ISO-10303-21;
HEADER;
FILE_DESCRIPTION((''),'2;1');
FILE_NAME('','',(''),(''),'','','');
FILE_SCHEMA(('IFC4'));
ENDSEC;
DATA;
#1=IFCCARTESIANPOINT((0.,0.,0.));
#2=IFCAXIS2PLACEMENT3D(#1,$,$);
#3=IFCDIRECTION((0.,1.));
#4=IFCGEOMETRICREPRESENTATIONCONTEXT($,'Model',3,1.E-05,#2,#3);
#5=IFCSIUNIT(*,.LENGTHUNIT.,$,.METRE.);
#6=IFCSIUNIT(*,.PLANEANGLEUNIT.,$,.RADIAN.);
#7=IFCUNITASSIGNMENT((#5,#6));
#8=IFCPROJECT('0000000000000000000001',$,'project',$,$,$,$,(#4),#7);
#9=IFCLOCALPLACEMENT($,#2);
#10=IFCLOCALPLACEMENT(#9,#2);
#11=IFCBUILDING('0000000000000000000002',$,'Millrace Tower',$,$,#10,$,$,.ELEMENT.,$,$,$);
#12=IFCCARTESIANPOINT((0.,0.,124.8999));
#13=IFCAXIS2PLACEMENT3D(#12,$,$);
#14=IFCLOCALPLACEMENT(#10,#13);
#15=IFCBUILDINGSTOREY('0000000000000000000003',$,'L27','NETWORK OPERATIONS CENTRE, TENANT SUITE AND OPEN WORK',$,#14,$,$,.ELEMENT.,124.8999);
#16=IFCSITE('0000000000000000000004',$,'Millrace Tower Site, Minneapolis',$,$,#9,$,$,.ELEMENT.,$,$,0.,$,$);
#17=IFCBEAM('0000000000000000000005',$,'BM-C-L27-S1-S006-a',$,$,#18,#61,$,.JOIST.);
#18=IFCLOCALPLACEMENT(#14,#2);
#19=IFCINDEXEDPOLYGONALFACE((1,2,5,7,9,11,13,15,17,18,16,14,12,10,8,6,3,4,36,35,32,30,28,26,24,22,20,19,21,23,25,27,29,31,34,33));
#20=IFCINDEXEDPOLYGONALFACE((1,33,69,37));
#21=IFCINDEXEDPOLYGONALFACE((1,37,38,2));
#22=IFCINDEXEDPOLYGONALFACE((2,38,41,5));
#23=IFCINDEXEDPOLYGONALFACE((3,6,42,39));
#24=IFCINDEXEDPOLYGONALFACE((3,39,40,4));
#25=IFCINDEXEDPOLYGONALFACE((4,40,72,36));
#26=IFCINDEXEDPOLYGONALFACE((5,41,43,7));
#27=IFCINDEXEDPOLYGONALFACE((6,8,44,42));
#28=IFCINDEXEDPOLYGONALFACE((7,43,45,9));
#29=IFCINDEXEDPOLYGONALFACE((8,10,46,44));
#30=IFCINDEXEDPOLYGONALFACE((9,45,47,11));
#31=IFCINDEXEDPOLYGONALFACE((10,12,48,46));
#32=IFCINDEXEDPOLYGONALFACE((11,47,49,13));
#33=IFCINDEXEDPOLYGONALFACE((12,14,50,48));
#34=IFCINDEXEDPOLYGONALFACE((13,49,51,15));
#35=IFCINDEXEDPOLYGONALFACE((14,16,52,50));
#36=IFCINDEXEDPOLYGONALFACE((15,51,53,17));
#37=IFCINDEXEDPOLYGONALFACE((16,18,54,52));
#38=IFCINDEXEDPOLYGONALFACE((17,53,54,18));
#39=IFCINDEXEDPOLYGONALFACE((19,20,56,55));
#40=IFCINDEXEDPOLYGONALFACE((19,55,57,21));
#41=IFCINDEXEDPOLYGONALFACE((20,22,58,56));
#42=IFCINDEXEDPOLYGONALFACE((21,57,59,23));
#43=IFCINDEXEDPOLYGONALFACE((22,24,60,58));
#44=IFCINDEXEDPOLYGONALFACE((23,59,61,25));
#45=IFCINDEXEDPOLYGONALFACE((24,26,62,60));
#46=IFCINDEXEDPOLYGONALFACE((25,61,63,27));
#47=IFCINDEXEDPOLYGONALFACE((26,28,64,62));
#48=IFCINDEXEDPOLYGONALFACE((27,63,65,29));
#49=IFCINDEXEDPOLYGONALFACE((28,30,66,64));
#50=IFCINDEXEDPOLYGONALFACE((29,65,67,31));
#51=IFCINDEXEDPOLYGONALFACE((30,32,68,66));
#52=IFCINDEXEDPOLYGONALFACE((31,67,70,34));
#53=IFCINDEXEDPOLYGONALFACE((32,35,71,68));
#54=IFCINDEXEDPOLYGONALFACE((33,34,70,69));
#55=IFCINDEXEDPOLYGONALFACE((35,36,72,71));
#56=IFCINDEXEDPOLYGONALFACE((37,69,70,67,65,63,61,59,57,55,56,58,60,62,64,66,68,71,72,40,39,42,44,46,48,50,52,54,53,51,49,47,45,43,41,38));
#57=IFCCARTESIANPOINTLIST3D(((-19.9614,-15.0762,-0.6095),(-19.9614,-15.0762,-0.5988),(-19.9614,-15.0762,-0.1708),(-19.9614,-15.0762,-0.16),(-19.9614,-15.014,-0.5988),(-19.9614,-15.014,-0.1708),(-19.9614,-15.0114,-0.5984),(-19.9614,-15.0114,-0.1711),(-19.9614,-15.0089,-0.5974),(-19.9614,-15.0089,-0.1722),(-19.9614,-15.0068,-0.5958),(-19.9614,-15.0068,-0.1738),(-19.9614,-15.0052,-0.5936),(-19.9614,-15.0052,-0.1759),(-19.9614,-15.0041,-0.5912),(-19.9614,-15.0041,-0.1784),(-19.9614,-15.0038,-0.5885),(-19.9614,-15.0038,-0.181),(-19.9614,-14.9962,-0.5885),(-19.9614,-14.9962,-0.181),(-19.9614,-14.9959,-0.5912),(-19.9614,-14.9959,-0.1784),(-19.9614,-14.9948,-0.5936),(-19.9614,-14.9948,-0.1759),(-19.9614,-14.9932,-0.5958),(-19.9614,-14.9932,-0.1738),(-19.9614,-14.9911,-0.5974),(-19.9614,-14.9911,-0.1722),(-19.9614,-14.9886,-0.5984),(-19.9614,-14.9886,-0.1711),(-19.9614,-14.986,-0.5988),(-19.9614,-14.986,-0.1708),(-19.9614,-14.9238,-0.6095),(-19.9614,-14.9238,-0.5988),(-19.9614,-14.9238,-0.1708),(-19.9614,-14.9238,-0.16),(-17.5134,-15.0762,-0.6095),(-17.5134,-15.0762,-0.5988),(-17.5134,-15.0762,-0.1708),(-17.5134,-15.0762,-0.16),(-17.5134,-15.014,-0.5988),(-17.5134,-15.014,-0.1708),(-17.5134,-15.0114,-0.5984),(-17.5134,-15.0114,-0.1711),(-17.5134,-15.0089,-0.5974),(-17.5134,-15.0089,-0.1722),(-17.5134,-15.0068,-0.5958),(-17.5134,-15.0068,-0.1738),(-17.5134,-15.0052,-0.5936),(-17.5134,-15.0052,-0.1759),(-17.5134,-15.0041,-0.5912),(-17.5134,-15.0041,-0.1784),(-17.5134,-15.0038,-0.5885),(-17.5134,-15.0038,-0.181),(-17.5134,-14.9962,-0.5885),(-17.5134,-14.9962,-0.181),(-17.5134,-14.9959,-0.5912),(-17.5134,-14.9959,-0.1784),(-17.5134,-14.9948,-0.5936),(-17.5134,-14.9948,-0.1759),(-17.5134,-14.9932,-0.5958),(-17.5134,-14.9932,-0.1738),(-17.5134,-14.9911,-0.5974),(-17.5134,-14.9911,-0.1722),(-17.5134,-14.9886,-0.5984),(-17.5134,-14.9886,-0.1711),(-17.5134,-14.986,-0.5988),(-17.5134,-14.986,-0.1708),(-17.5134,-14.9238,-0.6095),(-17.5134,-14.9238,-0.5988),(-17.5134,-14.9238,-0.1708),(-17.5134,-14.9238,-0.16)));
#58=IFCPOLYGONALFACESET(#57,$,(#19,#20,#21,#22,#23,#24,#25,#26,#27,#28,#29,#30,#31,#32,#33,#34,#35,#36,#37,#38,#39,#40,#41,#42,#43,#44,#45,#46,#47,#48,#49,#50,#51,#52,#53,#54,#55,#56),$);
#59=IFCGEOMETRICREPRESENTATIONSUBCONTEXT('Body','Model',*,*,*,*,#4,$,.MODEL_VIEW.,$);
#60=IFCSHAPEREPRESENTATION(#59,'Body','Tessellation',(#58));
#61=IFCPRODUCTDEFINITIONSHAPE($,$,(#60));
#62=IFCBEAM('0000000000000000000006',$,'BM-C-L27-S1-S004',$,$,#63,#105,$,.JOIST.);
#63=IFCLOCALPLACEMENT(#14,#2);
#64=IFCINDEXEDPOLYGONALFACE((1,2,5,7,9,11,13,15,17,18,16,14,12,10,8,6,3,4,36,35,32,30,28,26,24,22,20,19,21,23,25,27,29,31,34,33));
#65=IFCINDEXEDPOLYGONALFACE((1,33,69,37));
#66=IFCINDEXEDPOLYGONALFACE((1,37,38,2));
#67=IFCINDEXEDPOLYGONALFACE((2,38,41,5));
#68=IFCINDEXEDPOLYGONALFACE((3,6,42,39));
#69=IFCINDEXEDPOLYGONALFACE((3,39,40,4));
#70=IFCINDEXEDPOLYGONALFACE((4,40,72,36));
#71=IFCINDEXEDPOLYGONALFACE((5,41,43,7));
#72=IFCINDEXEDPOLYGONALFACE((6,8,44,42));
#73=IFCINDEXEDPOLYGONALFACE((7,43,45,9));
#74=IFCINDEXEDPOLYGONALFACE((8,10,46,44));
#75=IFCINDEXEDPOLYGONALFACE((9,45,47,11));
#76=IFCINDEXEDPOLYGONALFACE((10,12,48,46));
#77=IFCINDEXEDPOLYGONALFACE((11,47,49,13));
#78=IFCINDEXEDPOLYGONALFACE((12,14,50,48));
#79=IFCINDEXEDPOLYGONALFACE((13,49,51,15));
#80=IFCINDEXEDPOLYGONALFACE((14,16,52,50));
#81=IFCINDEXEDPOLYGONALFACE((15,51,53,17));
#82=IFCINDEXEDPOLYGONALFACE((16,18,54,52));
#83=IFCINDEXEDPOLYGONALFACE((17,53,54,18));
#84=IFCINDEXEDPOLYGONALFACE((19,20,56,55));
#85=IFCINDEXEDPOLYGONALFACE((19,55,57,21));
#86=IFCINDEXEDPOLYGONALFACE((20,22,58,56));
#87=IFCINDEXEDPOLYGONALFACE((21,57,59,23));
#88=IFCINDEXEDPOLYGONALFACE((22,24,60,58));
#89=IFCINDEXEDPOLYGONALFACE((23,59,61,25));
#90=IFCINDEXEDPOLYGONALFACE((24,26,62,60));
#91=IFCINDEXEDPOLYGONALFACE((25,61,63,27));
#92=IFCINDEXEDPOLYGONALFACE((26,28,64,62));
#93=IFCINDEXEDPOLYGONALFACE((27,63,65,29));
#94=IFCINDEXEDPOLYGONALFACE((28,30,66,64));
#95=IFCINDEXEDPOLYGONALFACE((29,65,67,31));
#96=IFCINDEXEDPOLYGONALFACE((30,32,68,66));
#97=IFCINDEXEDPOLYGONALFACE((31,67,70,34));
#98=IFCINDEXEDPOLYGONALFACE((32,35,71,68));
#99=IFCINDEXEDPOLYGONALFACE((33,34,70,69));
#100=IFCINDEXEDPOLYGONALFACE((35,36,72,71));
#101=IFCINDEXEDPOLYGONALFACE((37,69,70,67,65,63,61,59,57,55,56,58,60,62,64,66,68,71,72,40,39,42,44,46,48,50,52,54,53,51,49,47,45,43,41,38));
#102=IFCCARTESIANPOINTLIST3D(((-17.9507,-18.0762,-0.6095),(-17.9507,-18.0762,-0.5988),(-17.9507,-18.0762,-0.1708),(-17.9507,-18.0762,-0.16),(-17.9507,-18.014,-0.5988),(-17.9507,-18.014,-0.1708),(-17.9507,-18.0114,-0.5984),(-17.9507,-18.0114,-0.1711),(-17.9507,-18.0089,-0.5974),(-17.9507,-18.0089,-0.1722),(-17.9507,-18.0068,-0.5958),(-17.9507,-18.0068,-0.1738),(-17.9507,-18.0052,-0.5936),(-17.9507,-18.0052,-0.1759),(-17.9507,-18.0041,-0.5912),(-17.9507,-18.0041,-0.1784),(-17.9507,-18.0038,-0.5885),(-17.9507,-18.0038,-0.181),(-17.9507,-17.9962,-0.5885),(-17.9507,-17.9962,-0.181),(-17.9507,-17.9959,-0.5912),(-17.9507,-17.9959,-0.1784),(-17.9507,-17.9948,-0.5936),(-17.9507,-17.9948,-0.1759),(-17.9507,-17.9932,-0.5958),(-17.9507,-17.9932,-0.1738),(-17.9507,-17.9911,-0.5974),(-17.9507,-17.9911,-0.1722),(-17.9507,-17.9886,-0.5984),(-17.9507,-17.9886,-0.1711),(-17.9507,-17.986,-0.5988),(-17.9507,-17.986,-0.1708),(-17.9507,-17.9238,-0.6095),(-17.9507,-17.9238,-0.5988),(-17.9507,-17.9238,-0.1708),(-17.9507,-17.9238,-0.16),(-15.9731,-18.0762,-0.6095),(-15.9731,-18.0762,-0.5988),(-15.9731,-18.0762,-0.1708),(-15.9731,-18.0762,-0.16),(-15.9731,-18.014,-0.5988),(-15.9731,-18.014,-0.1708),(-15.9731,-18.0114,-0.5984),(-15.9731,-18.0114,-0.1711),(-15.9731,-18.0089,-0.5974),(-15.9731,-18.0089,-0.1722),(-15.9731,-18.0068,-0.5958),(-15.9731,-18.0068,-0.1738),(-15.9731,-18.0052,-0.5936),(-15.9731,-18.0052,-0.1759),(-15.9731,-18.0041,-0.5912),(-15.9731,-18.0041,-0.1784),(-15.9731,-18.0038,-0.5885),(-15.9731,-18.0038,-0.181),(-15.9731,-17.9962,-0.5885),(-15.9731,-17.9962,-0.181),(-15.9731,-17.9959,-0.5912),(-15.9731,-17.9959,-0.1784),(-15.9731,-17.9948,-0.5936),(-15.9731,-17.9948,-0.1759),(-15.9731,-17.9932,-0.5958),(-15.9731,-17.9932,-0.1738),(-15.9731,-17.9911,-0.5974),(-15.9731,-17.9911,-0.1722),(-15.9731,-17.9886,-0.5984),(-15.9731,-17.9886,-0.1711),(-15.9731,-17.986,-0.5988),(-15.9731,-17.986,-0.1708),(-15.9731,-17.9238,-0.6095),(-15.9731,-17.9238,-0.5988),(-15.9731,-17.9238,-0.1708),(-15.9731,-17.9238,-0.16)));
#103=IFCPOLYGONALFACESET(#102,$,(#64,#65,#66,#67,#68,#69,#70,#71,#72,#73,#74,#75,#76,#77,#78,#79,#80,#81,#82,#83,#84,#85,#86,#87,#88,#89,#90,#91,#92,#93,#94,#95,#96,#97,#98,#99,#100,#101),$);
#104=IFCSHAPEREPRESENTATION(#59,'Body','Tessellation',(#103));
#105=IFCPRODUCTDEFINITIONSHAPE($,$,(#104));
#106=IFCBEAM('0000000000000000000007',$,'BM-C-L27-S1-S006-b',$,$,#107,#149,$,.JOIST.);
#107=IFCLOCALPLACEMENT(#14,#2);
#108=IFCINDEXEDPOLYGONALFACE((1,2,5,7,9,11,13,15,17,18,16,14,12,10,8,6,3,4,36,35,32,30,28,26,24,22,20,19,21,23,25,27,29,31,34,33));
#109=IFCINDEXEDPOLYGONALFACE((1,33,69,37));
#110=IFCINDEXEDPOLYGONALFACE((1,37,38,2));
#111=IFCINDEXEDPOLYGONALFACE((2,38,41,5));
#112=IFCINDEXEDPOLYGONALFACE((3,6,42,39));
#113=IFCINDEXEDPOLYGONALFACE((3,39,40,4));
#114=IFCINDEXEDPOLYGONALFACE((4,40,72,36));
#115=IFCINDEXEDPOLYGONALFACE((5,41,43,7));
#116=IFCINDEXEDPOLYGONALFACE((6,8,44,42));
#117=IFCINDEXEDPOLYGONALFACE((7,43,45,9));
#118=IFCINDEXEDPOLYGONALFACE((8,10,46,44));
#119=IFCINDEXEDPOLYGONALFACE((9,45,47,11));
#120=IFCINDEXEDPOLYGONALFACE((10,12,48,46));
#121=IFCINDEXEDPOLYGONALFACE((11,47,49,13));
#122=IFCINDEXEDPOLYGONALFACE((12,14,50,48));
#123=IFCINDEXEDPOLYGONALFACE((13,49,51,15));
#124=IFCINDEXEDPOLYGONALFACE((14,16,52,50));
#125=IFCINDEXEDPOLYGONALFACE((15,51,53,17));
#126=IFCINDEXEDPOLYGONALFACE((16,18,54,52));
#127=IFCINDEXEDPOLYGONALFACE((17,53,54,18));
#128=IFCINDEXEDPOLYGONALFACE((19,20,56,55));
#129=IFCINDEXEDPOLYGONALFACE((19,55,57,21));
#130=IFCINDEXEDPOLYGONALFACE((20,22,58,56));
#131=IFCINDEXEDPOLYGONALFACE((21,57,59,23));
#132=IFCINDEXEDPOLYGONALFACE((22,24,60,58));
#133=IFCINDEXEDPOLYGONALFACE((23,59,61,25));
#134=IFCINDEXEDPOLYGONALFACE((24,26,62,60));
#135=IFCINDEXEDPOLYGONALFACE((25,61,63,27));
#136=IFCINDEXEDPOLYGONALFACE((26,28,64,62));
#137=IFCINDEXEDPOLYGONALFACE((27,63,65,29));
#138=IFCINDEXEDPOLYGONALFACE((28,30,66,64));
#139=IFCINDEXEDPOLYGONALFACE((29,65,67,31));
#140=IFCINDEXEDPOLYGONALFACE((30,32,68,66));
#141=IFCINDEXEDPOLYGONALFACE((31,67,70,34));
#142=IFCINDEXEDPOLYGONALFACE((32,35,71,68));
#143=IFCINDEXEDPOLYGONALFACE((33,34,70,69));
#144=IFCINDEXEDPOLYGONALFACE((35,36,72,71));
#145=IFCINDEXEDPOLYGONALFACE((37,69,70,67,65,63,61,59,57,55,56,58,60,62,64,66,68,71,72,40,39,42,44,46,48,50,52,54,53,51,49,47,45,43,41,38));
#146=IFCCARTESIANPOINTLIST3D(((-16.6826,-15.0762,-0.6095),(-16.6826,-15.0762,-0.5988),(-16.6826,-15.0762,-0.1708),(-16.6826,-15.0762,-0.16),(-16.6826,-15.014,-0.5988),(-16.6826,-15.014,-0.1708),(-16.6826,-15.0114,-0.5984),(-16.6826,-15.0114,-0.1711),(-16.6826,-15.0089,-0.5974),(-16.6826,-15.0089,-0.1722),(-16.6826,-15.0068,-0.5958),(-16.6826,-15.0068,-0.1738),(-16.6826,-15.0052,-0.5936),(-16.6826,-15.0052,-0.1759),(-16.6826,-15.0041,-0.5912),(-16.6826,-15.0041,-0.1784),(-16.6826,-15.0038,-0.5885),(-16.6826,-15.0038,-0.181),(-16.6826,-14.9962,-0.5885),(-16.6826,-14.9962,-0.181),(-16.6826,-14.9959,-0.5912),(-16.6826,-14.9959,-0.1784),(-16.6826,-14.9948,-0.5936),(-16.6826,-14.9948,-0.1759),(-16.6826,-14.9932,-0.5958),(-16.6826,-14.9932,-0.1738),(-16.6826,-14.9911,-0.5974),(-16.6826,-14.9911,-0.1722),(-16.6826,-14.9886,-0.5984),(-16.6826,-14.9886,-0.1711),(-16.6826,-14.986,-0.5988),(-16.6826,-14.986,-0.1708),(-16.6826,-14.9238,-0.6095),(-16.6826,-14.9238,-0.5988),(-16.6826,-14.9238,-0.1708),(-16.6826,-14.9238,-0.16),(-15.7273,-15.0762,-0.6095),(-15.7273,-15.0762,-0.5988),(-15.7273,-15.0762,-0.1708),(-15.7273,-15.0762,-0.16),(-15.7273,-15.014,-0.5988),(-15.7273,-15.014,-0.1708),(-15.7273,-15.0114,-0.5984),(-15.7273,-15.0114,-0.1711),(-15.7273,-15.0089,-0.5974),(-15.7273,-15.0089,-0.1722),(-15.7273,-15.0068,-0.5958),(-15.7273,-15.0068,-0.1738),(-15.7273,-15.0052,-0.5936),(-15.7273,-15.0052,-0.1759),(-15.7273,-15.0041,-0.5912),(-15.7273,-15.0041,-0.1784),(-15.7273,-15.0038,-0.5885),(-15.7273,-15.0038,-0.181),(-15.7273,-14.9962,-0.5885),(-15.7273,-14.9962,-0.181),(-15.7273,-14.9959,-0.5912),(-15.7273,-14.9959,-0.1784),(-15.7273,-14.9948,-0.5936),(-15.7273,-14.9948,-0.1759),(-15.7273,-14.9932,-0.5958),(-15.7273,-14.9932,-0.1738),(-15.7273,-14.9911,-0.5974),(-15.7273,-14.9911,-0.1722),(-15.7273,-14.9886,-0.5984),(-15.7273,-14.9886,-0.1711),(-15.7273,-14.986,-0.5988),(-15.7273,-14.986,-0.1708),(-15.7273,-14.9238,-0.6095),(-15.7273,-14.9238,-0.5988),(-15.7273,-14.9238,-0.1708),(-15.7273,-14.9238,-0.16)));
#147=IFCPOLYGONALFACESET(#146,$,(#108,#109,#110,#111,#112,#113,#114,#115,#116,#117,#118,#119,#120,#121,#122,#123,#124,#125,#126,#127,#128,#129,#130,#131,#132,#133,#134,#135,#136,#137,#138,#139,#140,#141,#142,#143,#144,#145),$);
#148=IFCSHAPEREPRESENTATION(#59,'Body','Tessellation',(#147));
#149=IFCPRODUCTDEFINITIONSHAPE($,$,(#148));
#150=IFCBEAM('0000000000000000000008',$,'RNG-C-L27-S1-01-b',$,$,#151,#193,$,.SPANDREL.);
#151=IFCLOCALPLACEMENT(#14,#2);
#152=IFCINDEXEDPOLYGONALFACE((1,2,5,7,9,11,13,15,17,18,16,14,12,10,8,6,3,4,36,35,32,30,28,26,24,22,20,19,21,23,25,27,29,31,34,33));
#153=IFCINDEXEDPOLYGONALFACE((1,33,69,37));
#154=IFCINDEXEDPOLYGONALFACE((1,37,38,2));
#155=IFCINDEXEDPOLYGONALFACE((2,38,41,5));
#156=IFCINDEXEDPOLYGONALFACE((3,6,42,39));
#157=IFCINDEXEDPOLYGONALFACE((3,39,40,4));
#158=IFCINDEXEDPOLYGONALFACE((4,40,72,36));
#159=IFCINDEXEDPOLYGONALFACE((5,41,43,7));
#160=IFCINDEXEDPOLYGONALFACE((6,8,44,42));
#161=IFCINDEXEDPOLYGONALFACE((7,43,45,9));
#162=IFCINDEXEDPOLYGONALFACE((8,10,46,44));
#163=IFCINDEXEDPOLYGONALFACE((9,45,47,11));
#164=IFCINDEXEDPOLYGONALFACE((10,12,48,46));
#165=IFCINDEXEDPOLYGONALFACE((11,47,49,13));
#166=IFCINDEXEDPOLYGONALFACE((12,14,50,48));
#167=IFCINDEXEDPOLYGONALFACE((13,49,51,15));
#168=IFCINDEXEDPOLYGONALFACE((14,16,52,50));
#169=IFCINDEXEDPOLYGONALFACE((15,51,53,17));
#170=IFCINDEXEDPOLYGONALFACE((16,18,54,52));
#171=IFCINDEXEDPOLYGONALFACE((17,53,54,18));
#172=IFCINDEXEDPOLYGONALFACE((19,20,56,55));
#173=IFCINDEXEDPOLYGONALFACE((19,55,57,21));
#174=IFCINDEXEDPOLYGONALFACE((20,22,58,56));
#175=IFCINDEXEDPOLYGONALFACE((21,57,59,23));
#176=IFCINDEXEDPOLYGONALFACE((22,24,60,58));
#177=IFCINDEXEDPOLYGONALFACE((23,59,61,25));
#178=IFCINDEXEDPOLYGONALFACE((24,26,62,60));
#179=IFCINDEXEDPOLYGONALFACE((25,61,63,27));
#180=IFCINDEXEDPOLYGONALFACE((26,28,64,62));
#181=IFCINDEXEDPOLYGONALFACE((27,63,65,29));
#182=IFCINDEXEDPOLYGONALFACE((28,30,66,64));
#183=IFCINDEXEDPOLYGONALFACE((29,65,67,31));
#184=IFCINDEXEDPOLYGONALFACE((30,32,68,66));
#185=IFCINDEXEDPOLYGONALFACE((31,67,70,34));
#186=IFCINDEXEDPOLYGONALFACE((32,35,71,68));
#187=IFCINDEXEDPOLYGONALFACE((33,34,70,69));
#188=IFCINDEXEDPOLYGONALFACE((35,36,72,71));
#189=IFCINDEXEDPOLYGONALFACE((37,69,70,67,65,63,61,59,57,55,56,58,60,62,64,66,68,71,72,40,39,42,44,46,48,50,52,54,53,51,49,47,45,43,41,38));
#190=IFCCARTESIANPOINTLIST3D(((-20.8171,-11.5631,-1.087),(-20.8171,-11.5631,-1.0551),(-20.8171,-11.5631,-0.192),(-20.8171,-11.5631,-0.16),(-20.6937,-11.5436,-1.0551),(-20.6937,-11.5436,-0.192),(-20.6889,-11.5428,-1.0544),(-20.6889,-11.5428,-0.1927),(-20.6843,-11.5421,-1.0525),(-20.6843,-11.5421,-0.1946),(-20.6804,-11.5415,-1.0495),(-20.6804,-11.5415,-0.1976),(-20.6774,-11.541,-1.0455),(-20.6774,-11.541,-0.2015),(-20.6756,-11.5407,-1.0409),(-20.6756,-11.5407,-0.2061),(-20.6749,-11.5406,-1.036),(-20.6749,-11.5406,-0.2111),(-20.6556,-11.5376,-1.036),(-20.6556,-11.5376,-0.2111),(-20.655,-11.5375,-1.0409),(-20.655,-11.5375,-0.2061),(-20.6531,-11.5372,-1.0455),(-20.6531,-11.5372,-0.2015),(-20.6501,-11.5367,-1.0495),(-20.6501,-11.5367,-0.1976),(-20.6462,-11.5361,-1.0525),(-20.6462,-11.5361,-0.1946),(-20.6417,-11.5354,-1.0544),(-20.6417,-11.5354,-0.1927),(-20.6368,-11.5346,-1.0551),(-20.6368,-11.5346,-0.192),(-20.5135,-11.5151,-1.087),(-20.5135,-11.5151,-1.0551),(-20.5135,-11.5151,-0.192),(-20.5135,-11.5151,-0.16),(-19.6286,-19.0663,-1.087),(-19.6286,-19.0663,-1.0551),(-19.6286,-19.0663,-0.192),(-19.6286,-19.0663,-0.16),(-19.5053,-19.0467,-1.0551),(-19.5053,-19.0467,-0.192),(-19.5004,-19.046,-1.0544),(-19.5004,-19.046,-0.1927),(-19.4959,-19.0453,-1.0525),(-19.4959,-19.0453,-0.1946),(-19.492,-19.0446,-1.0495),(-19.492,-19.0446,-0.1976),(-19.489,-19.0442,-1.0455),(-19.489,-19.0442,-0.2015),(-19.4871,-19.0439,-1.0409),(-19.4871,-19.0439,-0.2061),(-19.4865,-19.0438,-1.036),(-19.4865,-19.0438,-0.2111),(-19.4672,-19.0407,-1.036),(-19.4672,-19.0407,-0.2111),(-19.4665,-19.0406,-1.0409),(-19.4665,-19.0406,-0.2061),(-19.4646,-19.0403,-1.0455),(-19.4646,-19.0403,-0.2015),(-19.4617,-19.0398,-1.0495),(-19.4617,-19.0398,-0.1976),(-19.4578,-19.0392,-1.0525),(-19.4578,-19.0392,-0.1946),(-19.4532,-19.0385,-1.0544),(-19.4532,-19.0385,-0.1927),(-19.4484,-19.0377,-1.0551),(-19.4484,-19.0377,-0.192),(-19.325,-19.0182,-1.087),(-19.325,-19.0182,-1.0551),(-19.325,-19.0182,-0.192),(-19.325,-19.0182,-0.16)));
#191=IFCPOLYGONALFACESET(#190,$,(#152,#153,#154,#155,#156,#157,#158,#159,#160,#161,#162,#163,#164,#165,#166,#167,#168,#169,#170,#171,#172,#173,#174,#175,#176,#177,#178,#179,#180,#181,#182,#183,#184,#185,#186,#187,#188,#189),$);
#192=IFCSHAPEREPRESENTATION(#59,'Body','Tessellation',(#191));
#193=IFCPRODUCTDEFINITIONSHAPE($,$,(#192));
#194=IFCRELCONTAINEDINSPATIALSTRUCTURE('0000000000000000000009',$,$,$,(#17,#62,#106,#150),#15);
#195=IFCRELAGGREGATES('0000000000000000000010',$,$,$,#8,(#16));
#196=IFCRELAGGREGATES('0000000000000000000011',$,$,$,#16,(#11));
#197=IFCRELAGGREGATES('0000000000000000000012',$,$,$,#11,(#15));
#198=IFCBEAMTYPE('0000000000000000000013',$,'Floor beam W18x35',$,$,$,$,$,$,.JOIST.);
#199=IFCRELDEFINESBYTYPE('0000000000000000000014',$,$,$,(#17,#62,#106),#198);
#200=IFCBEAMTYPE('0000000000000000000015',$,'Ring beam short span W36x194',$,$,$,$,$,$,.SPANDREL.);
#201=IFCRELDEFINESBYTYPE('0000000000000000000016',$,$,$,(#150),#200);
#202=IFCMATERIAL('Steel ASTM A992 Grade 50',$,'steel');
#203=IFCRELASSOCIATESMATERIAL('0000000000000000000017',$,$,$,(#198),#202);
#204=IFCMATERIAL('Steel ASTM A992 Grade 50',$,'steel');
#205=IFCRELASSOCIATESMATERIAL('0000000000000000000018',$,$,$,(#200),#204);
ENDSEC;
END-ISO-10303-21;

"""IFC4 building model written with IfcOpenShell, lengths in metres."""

from ifc_helpers import new_model, si_unit, direction, frame, origin, origin_2d, place, context, subcontext, project, spatial, i_section, extrude, material, material_profile, profile_set, type_object, element, save


model = new_model("IFC4")

# Units and contexts
model_context = context("Model", 3, precision=1e-05, world=origin(), true_north=direction((0.0, 1.0)))
body_context = subcontext(model_context, "Body", "Model", "MODEL_VIEW")
ifc_project = project(units=[si_unit("LENGTHUNIT", "METRE"), si_unit("PLANEANGLEUNIT", "RADIAN")], contexts=[model_context])

# Site, building, storey
site_placement = place(None, origin())
site = spatial("IfcSite", under=ifc_project, at=site_placement, Name="Millrace Tower Site, Minneapolis", CompositionType="ELEMENT", RefElevation=0.0)
building_placement = place(site_placement, origin())
building = spatial("IfcBuilding", under=site, at=building_placement, Name="Millrace Tower", CompositionType="ELEMENT")
storey_placement = place(building_placement, frame((0.0, 0.0, 124.8999)))
storey = spatial("IfcBuildingStorey", under=building, at=storey_placement, Name="L27", Description="NETWORK OPERATIONS CENTRE, TENANT SUITE AND OPEN WORK", CompositionType="ELEMENT", Elevation=124.8999)

# Beams
ifc_material_1 = material(Name="Steel ASTM A992 Grade 50", Category="steel")
ifc_material_profile_1 = material_profile(ifc_material_1, i_section(OverallWidth=0.1523, OverallDepth=0.4495, WebThickness=0.0076, FlangeThickness=0.0107, FilletRadius=0.0103, at=origin_2d()))
ifc_profile_set_1 = profile_set([ifc_material_profile_1], Name="Steel ASTM A992 Grade 50")
beam_type_1 = type_object("IfcBeamType", Name="Floor beam W18x35", PredefinedType="JOIST", material=ifc_profile_set_1)
beam_1_placement = place(storey_placement, frame((-19.9614, -15.0, -0.3848), z_axis=(1.0, 0.0, 0.0), x_axis=(0.0, 1.0, 0.0)))
element("IfcBeam", 1, at=beam_1_placement, inside=storey, type_object=beam_type_1, Name="BM-C-L27-S1-S006-a", PredefinedType="JOIST", context=body_context, shape_type="SweptSolid", body=[
    extrude(i_section(OverallWidth=0.1523, OverallDepth=0.4495, WebThickness=0.0076, FlangeThickness=0.0107, FilletRadius=0.0103, at=origin_2d()), origin(), (0.0, 0.0, 1.0), 2.448),
])
beam_2_placement = place(storey_placement, frame((-17.9507, -18.0, -0.3848), z_axis=(1.0, 0.0, 0.0), x_axis=(0.0, 1.0, 0.0)))
element("IfcBeam", 2, at=beam_2_placement, inside=storey, type_object=beam_type_1, Name="BM-C-L27-S1-S004", PredefinedType="JOIST", context=body_context, shape_type="SweptSolid", body=[
    extrude(i_section(OverallWidth=0.1523, OverallDepth=0.4495, WebThickness=0.0076, FlangeThickness=0.0107, FilletRadius=0.0103, at=origin_2d()), origin(), (0.0, 0.0, 1.0), 1.9775),
])
beam_3_placement = place(storey_placement, frame((-16.6826, -15.0, -0.3848), z_axis=(1.0, 0.0, 0.0), x_axis=(0.0, 1.0, 0.0)))
element("IfcBeam", 3, at=beam_3_placement, inside=storey, type_object=beam_type_1, Name="BM-C-L27-S1-S006-b", PredefinedType="JOIST", context=body_context, shape_type="SweptSolid", body=[
    extrude(i_section(OverallWidth=0.1523, OverallDepth=0.4495, WebThickness=0.0076, FlangeThickness=0.0107, FilletRadius=0.0103, at=origin_2d()), origin(), (0.0, 0.0, 1.0), 0.9553),
])
ifc_material_2 = material(Name="Steel ASTM A992 Grade 50", Category="steel")
ifc_material_profile_2 = material_profile(ifc_material_2, i_section(OverallWidth=0.3074, OverallDepth=0.927, WebThickness=0.0195, FlangeThickness=0.032, FilletRadius=0.019, at=origin_2d()))
ifc_profile_set_2 = profile_set([ifc_material_profile_2], Name="Steel ASTM A992 Grade 50")
beam_type_2 = type_object("IfcBeamType", Name="Ring beam short span W36x194", PredefinedType="SPANDREL", material=ifc_profile_set_2)
beam_4_placement = place(storey_placement, frame((-19.4768, -19.0422, -0.6235), z_axis=(-0.156446, 0.987686, 0.0), x_axis=(-0.987686, -0.156446, 0.0)))
element("IfcBeam", 4, at=beam_4_placement, inside=storey, type_object=beam_type_2, Name="RNG-C-L27-S1-01-b", PredefinedType="SPANDREL", context=body_context, shape_type="SweptSolid", body=[
    extrude(i_section(OverallWidth=0.3074, OverallDepth=0.927, WebThickness=0.0195, FlangeThickness=0.032, FilletRadius=0.019, at=origin_2d()), origin(), (0.0, 0.0, 1.0), 7.5967),
])

save(model, "model.ifc")
